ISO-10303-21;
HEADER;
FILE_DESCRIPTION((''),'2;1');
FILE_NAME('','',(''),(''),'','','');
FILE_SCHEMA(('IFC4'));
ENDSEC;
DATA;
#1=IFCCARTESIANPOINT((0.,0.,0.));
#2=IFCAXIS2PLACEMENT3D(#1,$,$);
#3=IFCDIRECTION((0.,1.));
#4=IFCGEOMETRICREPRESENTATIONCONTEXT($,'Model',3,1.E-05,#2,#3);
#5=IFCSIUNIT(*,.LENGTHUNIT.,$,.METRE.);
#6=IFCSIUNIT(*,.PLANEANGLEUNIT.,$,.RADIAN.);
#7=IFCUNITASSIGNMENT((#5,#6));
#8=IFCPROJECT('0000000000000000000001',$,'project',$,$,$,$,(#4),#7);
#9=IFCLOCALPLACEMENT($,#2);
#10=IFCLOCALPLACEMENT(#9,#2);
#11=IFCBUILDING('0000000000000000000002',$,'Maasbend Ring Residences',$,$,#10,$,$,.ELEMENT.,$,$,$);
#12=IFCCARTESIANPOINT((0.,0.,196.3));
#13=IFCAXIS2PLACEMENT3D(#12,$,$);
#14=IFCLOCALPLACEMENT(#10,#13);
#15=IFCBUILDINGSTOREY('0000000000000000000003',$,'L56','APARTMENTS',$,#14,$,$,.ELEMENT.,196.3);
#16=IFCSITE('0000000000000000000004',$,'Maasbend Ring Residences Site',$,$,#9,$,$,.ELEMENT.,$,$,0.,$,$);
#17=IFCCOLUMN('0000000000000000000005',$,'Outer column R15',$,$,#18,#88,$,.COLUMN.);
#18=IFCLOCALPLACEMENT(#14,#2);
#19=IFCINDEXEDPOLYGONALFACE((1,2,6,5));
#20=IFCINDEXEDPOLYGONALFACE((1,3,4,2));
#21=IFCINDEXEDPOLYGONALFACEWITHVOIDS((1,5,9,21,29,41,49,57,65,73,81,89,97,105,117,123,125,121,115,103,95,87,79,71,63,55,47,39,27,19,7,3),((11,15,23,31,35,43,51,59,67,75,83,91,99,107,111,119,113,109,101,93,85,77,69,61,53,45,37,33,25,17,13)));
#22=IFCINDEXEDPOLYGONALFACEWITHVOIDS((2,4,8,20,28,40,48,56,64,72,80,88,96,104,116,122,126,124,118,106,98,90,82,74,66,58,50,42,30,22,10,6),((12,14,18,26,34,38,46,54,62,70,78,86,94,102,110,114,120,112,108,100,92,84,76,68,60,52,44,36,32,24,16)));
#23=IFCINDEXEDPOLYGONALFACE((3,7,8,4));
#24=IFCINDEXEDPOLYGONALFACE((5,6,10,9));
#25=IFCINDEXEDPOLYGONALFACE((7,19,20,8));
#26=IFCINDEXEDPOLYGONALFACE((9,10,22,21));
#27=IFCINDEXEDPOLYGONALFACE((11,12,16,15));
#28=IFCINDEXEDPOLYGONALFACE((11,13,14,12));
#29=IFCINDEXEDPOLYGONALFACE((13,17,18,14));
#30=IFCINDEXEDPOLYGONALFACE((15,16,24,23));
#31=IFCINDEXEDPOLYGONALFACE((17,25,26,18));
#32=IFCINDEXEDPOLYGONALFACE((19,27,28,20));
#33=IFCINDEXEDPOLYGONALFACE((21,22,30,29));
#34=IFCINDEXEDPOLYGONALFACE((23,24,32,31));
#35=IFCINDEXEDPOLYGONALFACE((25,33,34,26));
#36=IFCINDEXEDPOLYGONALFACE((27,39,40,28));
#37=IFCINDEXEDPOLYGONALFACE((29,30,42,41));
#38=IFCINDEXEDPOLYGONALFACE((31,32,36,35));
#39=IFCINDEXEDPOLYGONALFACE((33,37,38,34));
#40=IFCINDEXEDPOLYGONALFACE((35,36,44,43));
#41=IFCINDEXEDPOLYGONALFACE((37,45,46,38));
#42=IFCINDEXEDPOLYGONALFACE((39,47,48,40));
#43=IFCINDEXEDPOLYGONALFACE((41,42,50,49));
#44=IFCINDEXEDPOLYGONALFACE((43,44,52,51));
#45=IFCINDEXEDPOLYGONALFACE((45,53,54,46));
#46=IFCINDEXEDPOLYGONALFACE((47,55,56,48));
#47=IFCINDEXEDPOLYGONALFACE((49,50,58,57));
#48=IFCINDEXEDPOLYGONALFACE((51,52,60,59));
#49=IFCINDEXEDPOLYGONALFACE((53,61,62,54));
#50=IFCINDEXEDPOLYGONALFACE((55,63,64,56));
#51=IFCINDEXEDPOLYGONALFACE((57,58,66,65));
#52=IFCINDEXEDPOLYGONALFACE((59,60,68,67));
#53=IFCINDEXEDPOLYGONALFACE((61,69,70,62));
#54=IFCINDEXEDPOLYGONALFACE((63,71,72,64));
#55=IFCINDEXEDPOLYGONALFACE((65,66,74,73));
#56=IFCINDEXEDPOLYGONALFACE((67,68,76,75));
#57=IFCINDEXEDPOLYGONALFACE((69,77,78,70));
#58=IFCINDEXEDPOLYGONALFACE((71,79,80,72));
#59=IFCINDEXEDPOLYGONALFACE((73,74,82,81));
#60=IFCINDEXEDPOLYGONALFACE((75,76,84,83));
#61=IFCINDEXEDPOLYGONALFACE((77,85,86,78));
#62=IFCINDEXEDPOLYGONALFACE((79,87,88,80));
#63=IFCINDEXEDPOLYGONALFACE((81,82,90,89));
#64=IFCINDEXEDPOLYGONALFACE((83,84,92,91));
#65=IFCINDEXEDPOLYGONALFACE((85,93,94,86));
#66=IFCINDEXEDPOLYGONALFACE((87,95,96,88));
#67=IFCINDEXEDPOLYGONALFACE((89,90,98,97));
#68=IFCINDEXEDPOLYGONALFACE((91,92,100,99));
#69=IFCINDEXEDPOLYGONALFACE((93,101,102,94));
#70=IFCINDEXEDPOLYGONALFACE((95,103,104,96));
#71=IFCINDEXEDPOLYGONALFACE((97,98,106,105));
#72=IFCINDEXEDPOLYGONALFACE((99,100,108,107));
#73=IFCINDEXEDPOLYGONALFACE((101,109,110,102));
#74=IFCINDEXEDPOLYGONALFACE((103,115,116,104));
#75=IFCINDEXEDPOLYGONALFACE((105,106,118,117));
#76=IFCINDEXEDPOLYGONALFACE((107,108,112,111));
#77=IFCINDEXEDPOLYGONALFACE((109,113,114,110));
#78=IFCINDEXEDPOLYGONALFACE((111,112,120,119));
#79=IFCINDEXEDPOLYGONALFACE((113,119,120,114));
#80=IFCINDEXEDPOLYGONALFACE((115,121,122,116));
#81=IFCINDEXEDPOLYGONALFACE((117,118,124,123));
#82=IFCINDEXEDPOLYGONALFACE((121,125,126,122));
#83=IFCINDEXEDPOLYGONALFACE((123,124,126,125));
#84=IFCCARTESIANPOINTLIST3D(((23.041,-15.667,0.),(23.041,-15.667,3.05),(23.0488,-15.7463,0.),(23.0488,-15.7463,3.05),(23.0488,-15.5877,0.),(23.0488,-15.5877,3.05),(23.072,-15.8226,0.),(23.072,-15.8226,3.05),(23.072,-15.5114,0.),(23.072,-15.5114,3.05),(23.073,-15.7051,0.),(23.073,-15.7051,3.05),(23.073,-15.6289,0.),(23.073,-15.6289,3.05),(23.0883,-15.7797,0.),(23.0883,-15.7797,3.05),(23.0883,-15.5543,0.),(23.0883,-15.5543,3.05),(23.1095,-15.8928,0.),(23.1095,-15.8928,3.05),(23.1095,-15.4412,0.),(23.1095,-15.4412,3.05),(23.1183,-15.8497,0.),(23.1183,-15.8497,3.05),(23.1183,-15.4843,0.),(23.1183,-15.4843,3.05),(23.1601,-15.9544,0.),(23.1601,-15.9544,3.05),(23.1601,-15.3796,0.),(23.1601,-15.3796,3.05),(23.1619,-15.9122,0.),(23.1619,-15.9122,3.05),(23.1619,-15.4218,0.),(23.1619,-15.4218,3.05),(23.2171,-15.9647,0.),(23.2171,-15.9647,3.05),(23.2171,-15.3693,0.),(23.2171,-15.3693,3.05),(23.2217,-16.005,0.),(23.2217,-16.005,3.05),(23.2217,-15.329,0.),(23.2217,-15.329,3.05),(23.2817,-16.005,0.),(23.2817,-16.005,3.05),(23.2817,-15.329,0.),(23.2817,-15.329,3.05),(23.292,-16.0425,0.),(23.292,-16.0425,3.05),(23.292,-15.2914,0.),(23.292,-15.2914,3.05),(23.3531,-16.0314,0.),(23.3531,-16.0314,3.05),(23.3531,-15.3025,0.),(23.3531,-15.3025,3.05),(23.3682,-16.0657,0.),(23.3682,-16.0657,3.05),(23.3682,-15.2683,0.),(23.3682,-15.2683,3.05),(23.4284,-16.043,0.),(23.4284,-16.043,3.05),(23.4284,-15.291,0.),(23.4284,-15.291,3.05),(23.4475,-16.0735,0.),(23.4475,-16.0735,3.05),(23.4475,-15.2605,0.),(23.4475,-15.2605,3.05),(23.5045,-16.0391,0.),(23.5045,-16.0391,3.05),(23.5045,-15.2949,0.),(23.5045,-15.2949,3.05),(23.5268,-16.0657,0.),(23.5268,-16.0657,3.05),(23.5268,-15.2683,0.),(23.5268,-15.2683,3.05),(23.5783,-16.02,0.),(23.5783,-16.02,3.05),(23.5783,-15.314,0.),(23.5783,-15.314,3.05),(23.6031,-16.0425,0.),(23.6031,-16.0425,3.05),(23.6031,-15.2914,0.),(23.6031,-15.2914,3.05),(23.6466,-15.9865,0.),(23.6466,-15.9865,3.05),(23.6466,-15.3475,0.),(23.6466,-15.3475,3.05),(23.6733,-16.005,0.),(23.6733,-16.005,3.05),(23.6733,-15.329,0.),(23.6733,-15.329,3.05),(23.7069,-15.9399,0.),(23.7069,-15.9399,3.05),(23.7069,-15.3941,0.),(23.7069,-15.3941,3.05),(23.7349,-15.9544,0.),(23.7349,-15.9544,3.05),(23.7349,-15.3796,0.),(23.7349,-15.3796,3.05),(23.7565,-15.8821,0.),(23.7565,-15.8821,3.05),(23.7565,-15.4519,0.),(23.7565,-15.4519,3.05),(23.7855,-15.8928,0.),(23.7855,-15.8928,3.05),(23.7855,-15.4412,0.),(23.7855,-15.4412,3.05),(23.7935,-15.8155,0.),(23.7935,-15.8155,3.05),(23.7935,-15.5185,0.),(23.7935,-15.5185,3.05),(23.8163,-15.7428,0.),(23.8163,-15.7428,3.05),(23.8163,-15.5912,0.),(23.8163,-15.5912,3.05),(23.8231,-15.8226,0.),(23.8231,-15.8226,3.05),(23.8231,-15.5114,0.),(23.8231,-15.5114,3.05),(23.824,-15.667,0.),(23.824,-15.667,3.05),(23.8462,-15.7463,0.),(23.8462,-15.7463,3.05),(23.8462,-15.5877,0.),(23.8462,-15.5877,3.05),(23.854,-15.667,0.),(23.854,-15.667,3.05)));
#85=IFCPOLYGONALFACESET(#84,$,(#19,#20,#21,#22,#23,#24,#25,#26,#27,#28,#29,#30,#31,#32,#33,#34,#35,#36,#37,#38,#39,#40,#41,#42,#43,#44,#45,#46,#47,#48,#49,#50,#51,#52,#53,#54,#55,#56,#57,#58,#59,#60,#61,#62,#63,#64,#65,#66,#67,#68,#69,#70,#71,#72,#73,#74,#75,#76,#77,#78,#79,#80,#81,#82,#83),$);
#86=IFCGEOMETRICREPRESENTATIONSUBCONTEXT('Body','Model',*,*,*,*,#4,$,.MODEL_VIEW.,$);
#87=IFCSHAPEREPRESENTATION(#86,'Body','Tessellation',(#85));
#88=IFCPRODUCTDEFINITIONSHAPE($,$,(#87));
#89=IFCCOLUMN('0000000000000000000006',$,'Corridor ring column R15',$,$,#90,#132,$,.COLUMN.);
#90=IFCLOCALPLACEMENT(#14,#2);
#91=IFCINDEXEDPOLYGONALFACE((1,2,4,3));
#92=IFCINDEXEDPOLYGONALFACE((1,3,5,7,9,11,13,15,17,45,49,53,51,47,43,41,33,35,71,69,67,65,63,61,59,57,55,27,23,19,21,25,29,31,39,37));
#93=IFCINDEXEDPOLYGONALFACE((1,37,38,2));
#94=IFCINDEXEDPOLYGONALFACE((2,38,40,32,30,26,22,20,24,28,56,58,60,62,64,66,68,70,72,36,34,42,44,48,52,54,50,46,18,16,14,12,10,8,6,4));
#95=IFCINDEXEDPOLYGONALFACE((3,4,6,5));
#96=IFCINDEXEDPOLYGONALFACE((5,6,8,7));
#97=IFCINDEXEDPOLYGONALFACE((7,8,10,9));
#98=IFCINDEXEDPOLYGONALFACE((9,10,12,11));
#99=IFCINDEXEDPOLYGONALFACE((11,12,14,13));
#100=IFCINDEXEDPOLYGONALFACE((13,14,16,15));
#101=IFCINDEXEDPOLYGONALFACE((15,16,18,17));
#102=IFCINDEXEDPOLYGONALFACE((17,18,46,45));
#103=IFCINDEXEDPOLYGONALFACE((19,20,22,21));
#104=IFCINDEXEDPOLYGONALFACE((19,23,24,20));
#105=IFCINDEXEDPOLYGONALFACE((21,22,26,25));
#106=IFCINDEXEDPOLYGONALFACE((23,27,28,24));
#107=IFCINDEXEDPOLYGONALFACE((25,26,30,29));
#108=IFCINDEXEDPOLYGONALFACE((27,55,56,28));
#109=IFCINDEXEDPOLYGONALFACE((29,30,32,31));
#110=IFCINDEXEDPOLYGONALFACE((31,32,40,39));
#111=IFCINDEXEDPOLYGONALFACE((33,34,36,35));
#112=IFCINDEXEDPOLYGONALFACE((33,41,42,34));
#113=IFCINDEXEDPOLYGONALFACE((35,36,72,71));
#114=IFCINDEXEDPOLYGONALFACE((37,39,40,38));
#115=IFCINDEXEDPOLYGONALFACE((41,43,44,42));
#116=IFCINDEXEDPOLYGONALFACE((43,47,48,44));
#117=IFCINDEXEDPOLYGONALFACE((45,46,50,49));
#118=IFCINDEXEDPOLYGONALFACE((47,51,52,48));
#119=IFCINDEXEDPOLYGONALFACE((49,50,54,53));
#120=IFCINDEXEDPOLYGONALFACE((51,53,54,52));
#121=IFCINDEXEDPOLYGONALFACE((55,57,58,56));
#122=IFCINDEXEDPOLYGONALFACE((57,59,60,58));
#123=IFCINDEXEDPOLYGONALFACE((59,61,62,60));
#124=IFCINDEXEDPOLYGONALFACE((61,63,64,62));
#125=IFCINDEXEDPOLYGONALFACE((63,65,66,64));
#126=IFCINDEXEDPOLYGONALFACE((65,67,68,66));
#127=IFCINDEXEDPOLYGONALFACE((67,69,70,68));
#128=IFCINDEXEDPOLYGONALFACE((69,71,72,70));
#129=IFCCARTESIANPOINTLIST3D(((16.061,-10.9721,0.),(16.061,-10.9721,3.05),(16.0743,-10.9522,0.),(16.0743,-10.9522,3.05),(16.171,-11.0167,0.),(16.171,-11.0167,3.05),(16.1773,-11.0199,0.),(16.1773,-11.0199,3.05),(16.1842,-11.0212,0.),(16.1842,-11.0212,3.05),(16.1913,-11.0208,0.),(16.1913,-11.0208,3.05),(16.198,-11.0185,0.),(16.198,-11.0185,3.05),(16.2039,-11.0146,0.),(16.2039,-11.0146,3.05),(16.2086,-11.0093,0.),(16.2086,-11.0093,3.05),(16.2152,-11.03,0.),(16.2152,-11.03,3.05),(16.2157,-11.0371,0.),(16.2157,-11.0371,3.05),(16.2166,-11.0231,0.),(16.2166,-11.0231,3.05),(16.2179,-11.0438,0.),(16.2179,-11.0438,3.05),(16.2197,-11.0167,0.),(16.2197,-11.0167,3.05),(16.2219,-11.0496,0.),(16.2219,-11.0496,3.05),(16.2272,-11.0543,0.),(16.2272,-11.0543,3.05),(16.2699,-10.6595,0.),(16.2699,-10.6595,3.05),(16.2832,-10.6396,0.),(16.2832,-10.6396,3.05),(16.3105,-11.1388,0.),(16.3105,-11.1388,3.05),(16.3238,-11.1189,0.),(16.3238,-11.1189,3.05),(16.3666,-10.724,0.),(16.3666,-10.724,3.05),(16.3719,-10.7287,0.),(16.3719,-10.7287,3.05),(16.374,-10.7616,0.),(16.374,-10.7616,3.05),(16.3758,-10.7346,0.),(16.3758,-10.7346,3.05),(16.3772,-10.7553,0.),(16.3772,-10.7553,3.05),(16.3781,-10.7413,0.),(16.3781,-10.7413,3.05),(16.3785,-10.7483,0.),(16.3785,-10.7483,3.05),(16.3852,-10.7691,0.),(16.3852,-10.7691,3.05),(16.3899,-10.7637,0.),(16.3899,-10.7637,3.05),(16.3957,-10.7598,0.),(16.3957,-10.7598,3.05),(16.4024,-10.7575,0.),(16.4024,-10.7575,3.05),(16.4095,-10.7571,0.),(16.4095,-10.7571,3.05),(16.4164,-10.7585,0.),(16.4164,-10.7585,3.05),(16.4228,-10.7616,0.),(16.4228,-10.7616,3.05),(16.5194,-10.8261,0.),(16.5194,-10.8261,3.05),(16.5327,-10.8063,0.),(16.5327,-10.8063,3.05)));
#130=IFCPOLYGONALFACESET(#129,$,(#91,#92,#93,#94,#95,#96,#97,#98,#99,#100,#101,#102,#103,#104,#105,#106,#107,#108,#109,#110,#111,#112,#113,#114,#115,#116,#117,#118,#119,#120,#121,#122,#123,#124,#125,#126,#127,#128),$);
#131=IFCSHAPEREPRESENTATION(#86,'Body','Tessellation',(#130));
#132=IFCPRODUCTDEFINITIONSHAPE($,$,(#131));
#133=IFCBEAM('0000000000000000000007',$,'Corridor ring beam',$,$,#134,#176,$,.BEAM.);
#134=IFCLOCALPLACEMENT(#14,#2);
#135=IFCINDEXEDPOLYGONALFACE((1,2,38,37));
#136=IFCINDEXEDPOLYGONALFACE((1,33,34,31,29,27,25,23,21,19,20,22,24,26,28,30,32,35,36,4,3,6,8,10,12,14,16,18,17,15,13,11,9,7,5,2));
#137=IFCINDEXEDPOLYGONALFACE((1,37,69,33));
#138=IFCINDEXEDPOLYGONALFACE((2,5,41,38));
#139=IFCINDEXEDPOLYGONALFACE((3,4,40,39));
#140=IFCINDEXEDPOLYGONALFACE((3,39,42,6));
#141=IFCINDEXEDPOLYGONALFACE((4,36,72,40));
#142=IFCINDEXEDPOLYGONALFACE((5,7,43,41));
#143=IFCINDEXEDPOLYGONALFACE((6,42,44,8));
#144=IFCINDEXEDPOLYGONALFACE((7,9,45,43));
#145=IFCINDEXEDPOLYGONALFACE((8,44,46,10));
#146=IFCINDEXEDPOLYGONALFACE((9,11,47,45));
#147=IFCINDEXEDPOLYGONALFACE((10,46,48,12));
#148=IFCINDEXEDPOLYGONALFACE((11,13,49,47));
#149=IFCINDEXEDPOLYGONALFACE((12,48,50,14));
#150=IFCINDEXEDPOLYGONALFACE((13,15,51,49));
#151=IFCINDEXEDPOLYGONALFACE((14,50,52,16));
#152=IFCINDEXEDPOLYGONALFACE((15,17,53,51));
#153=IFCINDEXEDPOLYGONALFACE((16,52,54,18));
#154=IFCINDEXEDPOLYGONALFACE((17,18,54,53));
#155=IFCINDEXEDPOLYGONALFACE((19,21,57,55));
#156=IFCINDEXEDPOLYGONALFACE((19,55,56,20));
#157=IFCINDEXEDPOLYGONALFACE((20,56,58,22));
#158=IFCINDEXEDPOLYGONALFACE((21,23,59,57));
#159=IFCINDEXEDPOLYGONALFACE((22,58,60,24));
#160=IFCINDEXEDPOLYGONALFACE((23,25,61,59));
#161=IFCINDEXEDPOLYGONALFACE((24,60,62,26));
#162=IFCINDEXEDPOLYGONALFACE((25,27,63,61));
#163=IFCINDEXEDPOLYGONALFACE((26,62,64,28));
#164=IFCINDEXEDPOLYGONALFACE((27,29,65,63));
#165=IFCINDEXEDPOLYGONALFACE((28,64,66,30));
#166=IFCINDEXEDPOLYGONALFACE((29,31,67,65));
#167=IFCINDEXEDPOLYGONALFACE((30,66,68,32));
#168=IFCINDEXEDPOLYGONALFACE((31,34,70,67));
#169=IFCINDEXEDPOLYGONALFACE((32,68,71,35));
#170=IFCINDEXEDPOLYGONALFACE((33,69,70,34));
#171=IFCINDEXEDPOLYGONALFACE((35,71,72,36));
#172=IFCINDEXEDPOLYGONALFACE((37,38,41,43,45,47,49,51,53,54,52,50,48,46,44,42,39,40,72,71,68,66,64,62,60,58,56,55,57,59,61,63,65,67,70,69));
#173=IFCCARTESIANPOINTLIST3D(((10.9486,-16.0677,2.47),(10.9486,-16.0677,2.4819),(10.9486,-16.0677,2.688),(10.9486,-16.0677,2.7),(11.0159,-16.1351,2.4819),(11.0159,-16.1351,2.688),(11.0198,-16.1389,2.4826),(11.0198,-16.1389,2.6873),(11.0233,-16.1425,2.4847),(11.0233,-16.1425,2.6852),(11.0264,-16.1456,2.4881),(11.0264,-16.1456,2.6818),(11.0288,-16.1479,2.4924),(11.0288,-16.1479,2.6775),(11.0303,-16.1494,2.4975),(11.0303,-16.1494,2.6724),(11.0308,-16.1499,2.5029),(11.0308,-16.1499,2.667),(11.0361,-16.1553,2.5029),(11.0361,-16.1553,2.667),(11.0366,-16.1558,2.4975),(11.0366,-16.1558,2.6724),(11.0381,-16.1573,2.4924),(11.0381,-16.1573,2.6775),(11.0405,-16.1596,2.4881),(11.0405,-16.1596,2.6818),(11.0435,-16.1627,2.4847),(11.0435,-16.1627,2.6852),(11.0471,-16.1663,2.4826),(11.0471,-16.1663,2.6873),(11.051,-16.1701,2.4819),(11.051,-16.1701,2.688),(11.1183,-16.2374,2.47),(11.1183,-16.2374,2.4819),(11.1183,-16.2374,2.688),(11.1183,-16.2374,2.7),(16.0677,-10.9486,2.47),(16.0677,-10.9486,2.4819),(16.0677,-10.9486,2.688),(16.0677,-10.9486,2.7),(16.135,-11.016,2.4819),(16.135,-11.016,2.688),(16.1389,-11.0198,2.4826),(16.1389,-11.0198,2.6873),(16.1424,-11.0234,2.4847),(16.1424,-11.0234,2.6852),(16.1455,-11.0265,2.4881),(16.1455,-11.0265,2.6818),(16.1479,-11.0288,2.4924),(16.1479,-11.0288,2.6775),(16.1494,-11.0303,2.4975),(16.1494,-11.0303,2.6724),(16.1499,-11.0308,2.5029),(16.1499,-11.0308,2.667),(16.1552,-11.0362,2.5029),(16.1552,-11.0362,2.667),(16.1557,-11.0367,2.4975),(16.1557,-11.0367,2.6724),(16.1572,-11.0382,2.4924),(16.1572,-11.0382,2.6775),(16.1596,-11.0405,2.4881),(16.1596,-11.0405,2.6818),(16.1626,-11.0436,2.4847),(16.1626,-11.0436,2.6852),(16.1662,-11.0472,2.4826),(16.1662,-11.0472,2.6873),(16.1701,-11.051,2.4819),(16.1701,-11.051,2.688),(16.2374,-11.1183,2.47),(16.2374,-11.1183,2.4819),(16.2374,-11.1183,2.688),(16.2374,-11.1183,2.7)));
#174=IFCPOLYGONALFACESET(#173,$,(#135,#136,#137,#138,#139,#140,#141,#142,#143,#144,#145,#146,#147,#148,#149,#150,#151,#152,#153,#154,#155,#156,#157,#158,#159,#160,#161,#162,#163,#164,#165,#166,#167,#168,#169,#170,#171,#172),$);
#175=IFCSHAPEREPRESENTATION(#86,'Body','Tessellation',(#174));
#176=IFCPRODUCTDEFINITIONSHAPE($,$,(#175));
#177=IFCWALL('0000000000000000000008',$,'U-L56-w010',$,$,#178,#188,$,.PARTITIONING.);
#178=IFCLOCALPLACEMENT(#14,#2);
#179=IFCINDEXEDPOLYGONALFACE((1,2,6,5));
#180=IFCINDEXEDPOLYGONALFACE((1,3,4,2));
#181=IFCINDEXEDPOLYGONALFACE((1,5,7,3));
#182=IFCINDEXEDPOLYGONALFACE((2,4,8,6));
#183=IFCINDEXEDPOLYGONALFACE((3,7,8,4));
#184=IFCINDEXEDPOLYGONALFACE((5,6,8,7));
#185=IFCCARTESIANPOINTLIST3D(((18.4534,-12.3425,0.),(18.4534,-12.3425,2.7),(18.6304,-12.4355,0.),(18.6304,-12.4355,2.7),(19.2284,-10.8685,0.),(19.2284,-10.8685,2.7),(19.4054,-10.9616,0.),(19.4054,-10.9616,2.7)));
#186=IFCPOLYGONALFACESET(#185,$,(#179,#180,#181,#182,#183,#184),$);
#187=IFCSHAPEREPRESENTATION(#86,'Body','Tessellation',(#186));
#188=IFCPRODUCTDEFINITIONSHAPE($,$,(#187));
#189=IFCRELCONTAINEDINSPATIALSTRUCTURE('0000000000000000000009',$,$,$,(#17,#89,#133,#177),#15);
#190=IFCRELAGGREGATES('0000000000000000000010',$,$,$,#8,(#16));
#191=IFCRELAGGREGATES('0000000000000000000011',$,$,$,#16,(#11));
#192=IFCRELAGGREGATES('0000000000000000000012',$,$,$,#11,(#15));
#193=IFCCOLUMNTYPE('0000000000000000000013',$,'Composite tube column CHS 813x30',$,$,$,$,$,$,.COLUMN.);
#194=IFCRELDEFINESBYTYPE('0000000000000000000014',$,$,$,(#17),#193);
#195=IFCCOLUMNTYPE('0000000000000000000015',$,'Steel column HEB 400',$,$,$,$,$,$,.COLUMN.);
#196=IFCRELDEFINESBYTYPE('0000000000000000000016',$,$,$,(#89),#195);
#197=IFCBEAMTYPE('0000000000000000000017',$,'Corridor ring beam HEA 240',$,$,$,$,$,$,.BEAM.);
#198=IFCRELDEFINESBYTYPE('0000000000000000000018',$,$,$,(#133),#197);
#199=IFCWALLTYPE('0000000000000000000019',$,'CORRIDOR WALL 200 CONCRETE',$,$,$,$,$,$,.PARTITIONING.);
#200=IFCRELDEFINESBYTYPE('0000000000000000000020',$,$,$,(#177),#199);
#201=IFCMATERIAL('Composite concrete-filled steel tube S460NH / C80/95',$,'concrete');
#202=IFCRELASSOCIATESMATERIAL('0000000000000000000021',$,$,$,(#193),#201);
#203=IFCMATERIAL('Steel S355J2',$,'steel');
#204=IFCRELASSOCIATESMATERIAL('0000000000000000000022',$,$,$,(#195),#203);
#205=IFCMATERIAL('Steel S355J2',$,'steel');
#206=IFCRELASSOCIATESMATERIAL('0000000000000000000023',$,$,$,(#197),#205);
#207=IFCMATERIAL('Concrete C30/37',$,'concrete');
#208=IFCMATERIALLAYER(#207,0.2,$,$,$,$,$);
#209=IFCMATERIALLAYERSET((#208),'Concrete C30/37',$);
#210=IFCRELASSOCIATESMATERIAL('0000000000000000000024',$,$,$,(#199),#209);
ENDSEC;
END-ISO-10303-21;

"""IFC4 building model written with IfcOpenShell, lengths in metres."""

from ifc_helpers import new_model, si_unit, direction, frame, frame_2d, origin, origin_2d, place, context, subcontext, project, spatial, rectangle, hollow_circle, i_section, extrude, material, layer, layer_set, material_profile, profile_set, type_object, element, save


model = new_model("IFC4")

# Units and contexts
model_context = context("Model", 3, precision=1e-05, world=origin(), true_north=direction((0.0, 1.0)))
body_context = subcontext(model_context, "Body", "Model", "MODEL_VIEW")
ifc_project = project(units=[si_unit("LENGTHUNIT", "METRE"), si_unit("PLANEANGLEUNIT", "RADIAN")], contexts=[model_context])

# Site, building, storey
site_placement = place(None, origin())
site = spatial("IfcSite", under=ifc_project, at=site_placement, Name="Maasbend Ring Residences Site", CompositionType="ELEMENT", RefElevation=0.0)
building_placement = place(site_placement, origin())
building = spatial("IfcBuilding", under=site, at=building_placement, Name="Maasbend Ring Residences", CompositionType="ELEMENT")
storey_placement = place(building_placement, frame((0.0, 0.0, 196.3)))
storey = spatial("IfcBuildingStorey", under=building, at=storey_placement, Name="L56", Description="APARTMENTS", CompositionType="ELEMENT", Elevation=196.3)

# Columns
ifc_material_1 = material(Name="Composite concrete-filled steel tube S460NH / C80/95", Category="concrete")
ifc_material_profile_1 = material_profile(ifc_material_1, hollow_circle(Radius=0.4065, WallThickness=0.03, at=origin_2d()), Name="Composite tube column CHS 813x30")
ifc_profile_set_1 = profile_set([ifc_material_profile_1], Name="Composite concrete-filled steel tube S460NH / C80/95")
column_type_1 = type_object("IfcColumnType", Name="Composite tube column CHS 813x30", PredefinedType="COLUMN", material=ifc_profile_set_1)
column_1_placement = place(storey_placement, frame((23.4475, -15.667, 0.0), z_axis=(0.0, 0.0, 1.0), x_axis=(1.0, 0.0, 0.0)))
element("IfcColumn", 1, at=column_1_placement, inside=storey, type_object=column_type_1, Name="Outer column R15", PredefinedType="COLUMN", context=body_context, shape_type="SweptSolid", body=[
    extrude(hollow_circle(Radius=0.4065, WallThickness=0.03, at=origin_2d()), origin(), (0.0, 0.0, 1.0), 3.05),
])
ifc_material_2 = material(Name="Steel S355J2", Category="steel")
ifc_material_profile_2 = material_profile(ifc_material_2, i_section(OverallWidth=0.3, OverallDepth=0.3999, WebThickness=0.0134, FlangeThickness=0.0239, FilletRadius=0.0271, at=origin_2d()), Name="HEB 400")
ifc_profile_set_2 = profile_set([ifc_material_profile_2], Name="Steel S355J2")
column_type_2 = type_object("IfcColumnType", Name="Steel column HEB 400", PredefinedType="COLUMN", material=ifc_profile_set_2)
column_2_placement = place(storey_placement, frame((16.2969, -10.8892, 0.0), z_axis=(0.0, 0.0, 1.0), x_axis=(0.83147, -0.55557, 0.0)))
element("IfcColumn", 2, at=column_2_placement, inside=storey, type_object=column_type_2, Name="Corridor ring column R15", PredefinedType="COLUMN", context=body_context, shape_type="SweptSolid", body=[
    extrude(i_section(OverallWidth=0.3, OverallDepth=0.3999, WebThickness=0.0134, FlangeThickness=0.0239, FilletRadius=0.0271, at=origin_2d()), origin(), (0.0, 0.0, 1.0), 3.05),
])

# Beam
ifc_material_3 = material(Name="Steel S355J2", Category="steel")
ifc_material_profile_3 = material_profile(ifc_material_3, i_section(OverallWidth=0.24, OverallDepth=0.23, WebThickness=0.0076, FlangeThickness=0.012, FilletRadius=0.021, at=origin_2d()), Name="HEA 240")
ifc_profile_set_3 = profile_set([ifc_material_profile_3], Name="Steel S355J2")
beam_type = type_object("IfcBeamType", Name="Corridor ring beam HEA 240", PredefinedType="BEAM", material=ifc_profile_set_3)
beam_placement = place(storey_placement, frame((11.0334, -16.1526, 2.585), z_axis=(0.707107, 0.707107, 0.0), x_axis=(-0.707107, 0.707107, 0.0)))
element("IfcBeam", 3, at=beam_placement, inside=storey, type_object=beam_type, Name="Corridor ring beam", PredefinedType="BEAM", context=body_context, shape_type="SweptSolid", body=[
    extrude(i_section(OverallWidth=0.24, OverallDepth=0.23, WebThickness=0.0076, FlangeThickness=0.012, FilletRadius=0.021, at=origin_2d()), origin(), (0.0, 0.0, 1.0), 7.2395),
])

# Wall
ifc_material_4 = material(Name="Concrete C30/37", Category="concrete")
ifc_layer_1 = layer(ifc_material_4, 0.2)
ifc_layer_set_1 = layer_set([ifc_layer_1], Name="Concrete C30/37")
wall_type_1 = type_object("IfcWallType", Name="CORRIDOR WALL 200 CONCRETE", PredefinedType="PARTITIONING", material=ifc_layer_set_1)
wall_1_placement = place(storey_placement, frame((18.542, -12.3889, 0.0), z_axis=(0.0, 0.0, 1.0), x_axis=(0.46536, 0.885122, 0.0)))
element("IfcWall", 4, at=wall_1_placement, inside=storey, type_object=wall_type_1, Name="U-L56-w010", PredefinedType="PARTITIONING", context=body_context, shape_type="SweptSolid", body=[
    extrude(rectangle(XDim=1.6653, YDim=0.2, at=frame_2d((0.8325, 0.0))), origin(), (0.0, 0.0, 1.0), 2.7),
])

save(model, "model.ifc")
